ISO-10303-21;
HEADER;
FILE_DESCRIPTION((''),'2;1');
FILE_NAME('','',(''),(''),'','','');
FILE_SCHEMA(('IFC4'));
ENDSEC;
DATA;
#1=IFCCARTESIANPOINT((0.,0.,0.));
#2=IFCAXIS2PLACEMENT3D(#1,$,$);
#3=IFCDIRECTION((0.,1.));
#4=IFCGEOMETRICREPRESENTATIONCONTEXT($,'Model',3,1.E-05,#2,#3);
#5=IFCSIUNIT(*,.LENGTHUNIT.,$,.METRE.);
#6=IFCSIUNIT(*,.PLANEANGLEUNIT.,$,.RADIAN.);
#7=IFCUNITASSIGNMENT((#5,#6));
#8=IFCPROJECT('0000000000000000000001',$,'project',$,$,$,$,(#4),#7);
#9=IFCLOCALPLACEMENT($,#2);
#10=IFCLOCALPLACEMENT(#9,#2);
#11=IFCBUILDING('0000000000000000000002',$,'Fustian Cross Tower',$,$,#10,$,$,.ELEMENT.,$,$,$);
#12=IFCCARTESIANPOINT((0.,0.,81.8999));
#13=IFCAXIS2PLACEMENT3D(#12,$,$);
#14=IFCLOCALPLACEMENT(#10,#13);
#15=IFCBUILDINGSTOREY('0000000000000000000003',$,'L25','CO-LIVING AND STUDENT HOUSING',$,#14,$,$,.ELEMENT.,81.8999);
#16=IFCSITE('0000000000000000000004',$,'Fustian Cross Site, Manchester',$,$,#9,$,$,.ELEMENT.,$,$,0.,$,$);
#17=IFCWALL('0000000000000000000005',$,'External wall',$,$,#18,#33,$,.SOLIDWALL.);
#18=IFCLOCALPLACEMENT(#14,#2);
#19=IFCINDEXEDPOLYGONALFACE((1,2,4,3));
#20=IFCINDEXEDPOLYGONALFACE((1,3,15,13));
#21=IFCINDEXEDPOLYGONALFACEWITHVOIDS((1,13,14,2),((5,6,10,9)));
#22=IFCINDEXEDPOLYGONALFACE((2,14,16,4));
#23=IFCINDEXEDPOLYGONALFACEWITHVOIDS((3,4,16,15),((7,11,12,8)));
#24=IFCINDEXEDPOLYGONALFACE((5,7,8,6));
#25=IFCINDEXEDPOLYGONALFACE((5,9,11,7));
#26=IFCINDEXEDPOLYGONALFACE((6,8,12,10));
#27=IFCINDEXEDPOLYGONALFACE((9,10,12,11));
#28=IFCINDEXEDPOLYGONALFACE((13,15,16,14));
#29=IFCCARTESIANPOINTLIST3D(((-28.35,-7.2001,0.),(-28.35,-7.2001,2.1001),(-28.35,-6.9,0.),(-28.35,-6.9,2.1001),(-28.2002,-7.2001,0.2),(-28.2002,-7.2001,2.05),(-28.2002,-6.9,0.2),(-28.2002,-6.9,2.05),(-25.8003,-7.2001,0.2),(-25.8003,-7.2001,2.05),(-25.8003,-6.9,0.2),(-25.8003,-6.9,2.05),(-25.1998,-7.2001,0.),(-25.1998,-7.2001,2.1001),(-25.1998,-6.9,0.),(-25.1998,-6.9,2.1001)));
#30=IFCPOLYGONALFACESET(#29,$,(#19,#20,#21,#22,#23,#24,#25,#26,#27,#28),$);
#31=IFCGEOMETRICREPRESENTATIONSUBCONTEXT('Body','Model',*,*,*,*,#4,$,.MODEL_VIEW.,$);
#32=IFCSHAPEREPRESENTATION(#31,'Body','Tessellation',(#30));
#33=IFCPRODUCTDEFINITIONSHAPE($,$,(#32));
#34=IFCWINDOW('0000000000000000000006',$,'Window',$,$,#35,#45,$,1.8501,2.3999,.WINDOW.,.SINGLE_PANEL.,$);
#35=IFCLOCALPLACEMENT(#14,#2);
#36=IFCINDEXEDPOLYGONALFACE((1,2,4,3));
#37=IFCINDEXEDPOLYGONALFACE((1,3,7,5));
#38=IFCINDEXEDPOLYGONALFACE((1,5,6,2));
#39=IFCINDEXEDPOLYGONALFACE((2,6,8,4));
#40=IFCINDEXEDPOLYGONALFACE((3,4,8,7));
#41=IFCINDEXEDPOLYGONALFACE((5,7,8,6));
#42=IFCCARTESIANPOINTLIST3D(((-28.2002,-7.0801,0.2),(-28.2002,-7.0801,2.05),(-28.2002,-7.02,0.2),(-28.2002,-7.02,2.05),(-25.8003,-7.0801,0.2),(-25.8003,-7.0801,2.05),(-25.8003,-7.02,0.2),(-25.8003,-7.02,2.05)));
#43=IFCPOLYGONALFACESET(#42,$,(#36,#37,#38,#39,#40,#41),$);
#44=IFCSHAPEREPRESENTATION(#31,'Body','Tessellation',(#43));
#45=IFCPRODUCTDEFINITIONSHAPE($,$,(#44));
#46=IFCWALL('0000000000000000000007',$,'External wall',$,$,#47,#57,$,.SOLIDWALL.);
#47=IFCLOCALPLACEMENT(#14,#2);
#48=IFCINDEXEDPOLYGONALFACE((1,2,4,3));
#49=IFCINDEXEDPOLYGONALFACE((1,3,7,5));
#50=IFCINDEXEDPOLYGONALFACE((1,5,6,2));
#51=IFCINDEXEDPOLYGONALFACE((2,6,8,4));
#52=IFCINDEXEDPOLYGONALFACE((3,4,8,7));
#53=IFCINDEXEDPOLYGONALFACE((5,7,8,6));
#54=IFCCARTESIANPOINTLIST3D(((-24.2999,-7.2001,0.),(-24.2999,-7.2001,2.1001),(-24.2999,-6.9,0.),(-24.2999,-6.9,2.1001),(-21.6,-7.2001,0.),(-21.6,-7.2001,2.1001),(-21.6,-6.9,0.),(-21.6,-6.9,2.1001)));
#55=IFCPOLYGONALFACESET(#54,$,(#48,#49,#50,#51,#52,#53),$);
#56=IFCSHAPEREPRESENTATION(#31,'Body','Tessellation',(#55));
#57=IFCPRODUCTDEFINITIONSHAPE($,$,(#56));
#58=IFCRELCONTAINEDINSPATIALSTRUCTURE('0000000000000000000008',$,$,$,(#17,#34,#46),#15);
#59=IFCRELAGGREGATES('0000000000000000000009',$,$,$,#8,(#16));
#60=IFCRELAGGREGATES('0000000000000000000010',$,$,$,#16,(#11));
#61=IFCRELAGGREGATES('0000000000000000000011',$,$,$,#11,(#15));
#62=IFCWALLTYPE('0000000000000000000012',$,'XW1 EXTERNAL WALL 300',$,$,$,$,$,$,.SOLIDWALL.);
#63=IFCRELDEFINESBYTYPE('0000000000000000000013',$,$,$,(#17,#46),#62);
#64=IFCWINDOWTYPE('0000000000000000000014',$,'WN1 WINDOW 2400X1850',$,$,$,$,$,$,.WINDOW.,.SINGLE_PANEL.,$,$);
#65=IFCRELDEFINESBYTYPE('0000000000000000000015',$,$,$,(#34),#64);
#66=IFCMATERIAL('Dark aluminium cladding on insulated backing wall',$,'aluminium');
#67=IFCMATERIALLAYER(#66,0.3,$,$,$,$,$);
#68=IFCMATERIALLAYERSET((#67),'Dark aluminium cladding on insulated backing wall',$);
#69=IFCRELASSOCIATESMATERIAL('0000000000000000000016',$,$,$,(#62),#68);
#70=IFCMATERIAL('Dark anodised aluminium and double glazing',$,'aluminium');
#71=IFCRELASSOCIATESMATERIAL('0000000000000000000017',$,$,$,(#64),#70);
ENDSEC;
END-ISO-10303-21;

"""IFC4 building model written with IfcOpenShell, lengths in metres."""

from ifc_helpers import new_model, si_unit, direction, frame, frame_2d, origin, place, context, subcontext, project, spatial, rectangle, extrude, material, layer, layer_set, type_object, element, fill, save


model = new_model("IFC4")

# Units and contexts
model_context = context("Model", 3, precision=1e-05, world=origin(), true_north=direction((0.0, 1.0)))
body_context = subcontext(model_context, "Body", "Model", "MODEL_VIEW")
ifc_project = project(units=[si_unit("LENGTHUNIT", "METRE"), si_unit("PLANEANGLEUNIT", "RADIAN")], contexts=[model_context])

# Site, building, storey
site_placement = place(None, origin())
site = spatial("IfcSite", under=ifc_project, at=site_placement, Name="Fustian Cross Site, Manchester", CompositionType="ELEMENT", RefElevation=0.0)
building_placement = place(site_placement, origin())
building = spatial("IfcBuilding", under=site, at=building_placement, Name="Fustian Cross Tower", CompositionType="ELEMENT")
storey_placement = place(building_placement, frame((0.0, 0.0, 81.8999)))
storey = spatial("IfcBuildingStorey", under=building, at=storey_placement, Name="L25", Description="CO-LIVING AND STUDENT HOUSING", CompositionType="ELEMENT", Elevation=81.8999)

# Shared definitions
ifc_material_1 = material(Name="Dark aluminium cladding on insulated backing wall", Category="aluminium")
ifc_layer_1 = layer(ifc_material_1, 0.3)
ifc_layer_set_1 = layer_set([ifc_layer_1], Name="Dark aluminium cladding on insulated backing wall")
wall_type_1 = type_object("IfcWallType", Name="XW1 EXTERNAL WALL 300", PredefinedType="SOLIDWALL", material=ifc_layer_set_1)

# Shared definitions
ifc_material_2 = material(Name="Dark anodised aluminium and double glazing", Category="aluminium")
window_type_1 = type_object("IfcWindowType", Name="WN1 WINDOW 2400X1850", PartitioningType="SINGLE_PANEL", PredefinedType="WINDOW", material=ifc_material_2)

# Wall, opening, window
wall_1_placement = place(storey_placement, frame((-28.3501, -7.05, 0.0), z_axis=(0.0, 0.0, 1.0), x_axis=(1.0, 0.0, 0.0)))
wall_1 = element("IfcWall", 1, at=wall_1_placement, inside=storey, type_object=wall_type_1, Name="External wall", PredefinedType="SOLIDWALL", context=body_context, shape_type="SweptSolid", body=[
    extrude(rectangle(XDim=3.1501, YDim=0.3, at=frame_2d((1.5752, 0.0))), origin(), (0.0, 0.0, 1.0), 2.1001),
])
opening_1_placement = place(wall_1_placement, frame((0.1499, 0.0, 0.2)))
opening_1 = element("IfcOpeningElement", 2, at=opening_1_placement, cuts=wall_1, PredefinedType="OPENING", context=body_context, shape_type="SweptSolid", body=[
    extrude(rectangle(XDim=2.3999, YDim=1.8501, at=frame_2d((1.2, 0.925))), frame((0.0, 0.1599, 0.0), z_axis=(0.0, -1.0, 0.0), x_axis=(1.0, 0.0, 0.0)), (0.0, 0.0, 1.0), 0.3201),
])
window_1_placement = place(opening_1_placement, origin())
window_1 = element("IfcWindow", 3, at=window_1_placement, inside=storey, type_object=window_type_1, Name="Window", OverallHeight=1.8501, OverallWidth=2.3999, PartitioningType="SINGLE_PANEL", PredefinedType="WINDOW", context=body_context, shape_type="SweptSolid", body=[
    extrude(rectangle(XDim=2.3999, YDim=1.8501, at=frame_2d((1.2, 0.925))), frame((0.0, 0.03, 0.0), z_axis=(0.0, -1.0, 0.0), x_axis=(1.0, 0.0, 0.0)), (0.0, 0.0, 1.0), 0.0601),
])
fill(opening_1, window_1)

# Wall
wall_2_placement = place(storey_placement, frame((-24.3, -7.05, 0.0), z_axis=(0.0, 0.0, 1.0), x_axis=(1.0, 0.0, 0.0)))
element("IfcWall", 4, at=wall_2_placement, inside=storey, type_object=wall_type_1, Name="External wall", PredefinedType="SOLIDWALL", context=body_context, shape_type="SweptSolid", body=[
    extrude(rectangle(XDim=2.7, YDim=0.3, at=frame_2d((1.3501, 0.0))), origin(), (0.0, 0.0, 1.0), 2.1001),
])

save(model, "model.ifc")
